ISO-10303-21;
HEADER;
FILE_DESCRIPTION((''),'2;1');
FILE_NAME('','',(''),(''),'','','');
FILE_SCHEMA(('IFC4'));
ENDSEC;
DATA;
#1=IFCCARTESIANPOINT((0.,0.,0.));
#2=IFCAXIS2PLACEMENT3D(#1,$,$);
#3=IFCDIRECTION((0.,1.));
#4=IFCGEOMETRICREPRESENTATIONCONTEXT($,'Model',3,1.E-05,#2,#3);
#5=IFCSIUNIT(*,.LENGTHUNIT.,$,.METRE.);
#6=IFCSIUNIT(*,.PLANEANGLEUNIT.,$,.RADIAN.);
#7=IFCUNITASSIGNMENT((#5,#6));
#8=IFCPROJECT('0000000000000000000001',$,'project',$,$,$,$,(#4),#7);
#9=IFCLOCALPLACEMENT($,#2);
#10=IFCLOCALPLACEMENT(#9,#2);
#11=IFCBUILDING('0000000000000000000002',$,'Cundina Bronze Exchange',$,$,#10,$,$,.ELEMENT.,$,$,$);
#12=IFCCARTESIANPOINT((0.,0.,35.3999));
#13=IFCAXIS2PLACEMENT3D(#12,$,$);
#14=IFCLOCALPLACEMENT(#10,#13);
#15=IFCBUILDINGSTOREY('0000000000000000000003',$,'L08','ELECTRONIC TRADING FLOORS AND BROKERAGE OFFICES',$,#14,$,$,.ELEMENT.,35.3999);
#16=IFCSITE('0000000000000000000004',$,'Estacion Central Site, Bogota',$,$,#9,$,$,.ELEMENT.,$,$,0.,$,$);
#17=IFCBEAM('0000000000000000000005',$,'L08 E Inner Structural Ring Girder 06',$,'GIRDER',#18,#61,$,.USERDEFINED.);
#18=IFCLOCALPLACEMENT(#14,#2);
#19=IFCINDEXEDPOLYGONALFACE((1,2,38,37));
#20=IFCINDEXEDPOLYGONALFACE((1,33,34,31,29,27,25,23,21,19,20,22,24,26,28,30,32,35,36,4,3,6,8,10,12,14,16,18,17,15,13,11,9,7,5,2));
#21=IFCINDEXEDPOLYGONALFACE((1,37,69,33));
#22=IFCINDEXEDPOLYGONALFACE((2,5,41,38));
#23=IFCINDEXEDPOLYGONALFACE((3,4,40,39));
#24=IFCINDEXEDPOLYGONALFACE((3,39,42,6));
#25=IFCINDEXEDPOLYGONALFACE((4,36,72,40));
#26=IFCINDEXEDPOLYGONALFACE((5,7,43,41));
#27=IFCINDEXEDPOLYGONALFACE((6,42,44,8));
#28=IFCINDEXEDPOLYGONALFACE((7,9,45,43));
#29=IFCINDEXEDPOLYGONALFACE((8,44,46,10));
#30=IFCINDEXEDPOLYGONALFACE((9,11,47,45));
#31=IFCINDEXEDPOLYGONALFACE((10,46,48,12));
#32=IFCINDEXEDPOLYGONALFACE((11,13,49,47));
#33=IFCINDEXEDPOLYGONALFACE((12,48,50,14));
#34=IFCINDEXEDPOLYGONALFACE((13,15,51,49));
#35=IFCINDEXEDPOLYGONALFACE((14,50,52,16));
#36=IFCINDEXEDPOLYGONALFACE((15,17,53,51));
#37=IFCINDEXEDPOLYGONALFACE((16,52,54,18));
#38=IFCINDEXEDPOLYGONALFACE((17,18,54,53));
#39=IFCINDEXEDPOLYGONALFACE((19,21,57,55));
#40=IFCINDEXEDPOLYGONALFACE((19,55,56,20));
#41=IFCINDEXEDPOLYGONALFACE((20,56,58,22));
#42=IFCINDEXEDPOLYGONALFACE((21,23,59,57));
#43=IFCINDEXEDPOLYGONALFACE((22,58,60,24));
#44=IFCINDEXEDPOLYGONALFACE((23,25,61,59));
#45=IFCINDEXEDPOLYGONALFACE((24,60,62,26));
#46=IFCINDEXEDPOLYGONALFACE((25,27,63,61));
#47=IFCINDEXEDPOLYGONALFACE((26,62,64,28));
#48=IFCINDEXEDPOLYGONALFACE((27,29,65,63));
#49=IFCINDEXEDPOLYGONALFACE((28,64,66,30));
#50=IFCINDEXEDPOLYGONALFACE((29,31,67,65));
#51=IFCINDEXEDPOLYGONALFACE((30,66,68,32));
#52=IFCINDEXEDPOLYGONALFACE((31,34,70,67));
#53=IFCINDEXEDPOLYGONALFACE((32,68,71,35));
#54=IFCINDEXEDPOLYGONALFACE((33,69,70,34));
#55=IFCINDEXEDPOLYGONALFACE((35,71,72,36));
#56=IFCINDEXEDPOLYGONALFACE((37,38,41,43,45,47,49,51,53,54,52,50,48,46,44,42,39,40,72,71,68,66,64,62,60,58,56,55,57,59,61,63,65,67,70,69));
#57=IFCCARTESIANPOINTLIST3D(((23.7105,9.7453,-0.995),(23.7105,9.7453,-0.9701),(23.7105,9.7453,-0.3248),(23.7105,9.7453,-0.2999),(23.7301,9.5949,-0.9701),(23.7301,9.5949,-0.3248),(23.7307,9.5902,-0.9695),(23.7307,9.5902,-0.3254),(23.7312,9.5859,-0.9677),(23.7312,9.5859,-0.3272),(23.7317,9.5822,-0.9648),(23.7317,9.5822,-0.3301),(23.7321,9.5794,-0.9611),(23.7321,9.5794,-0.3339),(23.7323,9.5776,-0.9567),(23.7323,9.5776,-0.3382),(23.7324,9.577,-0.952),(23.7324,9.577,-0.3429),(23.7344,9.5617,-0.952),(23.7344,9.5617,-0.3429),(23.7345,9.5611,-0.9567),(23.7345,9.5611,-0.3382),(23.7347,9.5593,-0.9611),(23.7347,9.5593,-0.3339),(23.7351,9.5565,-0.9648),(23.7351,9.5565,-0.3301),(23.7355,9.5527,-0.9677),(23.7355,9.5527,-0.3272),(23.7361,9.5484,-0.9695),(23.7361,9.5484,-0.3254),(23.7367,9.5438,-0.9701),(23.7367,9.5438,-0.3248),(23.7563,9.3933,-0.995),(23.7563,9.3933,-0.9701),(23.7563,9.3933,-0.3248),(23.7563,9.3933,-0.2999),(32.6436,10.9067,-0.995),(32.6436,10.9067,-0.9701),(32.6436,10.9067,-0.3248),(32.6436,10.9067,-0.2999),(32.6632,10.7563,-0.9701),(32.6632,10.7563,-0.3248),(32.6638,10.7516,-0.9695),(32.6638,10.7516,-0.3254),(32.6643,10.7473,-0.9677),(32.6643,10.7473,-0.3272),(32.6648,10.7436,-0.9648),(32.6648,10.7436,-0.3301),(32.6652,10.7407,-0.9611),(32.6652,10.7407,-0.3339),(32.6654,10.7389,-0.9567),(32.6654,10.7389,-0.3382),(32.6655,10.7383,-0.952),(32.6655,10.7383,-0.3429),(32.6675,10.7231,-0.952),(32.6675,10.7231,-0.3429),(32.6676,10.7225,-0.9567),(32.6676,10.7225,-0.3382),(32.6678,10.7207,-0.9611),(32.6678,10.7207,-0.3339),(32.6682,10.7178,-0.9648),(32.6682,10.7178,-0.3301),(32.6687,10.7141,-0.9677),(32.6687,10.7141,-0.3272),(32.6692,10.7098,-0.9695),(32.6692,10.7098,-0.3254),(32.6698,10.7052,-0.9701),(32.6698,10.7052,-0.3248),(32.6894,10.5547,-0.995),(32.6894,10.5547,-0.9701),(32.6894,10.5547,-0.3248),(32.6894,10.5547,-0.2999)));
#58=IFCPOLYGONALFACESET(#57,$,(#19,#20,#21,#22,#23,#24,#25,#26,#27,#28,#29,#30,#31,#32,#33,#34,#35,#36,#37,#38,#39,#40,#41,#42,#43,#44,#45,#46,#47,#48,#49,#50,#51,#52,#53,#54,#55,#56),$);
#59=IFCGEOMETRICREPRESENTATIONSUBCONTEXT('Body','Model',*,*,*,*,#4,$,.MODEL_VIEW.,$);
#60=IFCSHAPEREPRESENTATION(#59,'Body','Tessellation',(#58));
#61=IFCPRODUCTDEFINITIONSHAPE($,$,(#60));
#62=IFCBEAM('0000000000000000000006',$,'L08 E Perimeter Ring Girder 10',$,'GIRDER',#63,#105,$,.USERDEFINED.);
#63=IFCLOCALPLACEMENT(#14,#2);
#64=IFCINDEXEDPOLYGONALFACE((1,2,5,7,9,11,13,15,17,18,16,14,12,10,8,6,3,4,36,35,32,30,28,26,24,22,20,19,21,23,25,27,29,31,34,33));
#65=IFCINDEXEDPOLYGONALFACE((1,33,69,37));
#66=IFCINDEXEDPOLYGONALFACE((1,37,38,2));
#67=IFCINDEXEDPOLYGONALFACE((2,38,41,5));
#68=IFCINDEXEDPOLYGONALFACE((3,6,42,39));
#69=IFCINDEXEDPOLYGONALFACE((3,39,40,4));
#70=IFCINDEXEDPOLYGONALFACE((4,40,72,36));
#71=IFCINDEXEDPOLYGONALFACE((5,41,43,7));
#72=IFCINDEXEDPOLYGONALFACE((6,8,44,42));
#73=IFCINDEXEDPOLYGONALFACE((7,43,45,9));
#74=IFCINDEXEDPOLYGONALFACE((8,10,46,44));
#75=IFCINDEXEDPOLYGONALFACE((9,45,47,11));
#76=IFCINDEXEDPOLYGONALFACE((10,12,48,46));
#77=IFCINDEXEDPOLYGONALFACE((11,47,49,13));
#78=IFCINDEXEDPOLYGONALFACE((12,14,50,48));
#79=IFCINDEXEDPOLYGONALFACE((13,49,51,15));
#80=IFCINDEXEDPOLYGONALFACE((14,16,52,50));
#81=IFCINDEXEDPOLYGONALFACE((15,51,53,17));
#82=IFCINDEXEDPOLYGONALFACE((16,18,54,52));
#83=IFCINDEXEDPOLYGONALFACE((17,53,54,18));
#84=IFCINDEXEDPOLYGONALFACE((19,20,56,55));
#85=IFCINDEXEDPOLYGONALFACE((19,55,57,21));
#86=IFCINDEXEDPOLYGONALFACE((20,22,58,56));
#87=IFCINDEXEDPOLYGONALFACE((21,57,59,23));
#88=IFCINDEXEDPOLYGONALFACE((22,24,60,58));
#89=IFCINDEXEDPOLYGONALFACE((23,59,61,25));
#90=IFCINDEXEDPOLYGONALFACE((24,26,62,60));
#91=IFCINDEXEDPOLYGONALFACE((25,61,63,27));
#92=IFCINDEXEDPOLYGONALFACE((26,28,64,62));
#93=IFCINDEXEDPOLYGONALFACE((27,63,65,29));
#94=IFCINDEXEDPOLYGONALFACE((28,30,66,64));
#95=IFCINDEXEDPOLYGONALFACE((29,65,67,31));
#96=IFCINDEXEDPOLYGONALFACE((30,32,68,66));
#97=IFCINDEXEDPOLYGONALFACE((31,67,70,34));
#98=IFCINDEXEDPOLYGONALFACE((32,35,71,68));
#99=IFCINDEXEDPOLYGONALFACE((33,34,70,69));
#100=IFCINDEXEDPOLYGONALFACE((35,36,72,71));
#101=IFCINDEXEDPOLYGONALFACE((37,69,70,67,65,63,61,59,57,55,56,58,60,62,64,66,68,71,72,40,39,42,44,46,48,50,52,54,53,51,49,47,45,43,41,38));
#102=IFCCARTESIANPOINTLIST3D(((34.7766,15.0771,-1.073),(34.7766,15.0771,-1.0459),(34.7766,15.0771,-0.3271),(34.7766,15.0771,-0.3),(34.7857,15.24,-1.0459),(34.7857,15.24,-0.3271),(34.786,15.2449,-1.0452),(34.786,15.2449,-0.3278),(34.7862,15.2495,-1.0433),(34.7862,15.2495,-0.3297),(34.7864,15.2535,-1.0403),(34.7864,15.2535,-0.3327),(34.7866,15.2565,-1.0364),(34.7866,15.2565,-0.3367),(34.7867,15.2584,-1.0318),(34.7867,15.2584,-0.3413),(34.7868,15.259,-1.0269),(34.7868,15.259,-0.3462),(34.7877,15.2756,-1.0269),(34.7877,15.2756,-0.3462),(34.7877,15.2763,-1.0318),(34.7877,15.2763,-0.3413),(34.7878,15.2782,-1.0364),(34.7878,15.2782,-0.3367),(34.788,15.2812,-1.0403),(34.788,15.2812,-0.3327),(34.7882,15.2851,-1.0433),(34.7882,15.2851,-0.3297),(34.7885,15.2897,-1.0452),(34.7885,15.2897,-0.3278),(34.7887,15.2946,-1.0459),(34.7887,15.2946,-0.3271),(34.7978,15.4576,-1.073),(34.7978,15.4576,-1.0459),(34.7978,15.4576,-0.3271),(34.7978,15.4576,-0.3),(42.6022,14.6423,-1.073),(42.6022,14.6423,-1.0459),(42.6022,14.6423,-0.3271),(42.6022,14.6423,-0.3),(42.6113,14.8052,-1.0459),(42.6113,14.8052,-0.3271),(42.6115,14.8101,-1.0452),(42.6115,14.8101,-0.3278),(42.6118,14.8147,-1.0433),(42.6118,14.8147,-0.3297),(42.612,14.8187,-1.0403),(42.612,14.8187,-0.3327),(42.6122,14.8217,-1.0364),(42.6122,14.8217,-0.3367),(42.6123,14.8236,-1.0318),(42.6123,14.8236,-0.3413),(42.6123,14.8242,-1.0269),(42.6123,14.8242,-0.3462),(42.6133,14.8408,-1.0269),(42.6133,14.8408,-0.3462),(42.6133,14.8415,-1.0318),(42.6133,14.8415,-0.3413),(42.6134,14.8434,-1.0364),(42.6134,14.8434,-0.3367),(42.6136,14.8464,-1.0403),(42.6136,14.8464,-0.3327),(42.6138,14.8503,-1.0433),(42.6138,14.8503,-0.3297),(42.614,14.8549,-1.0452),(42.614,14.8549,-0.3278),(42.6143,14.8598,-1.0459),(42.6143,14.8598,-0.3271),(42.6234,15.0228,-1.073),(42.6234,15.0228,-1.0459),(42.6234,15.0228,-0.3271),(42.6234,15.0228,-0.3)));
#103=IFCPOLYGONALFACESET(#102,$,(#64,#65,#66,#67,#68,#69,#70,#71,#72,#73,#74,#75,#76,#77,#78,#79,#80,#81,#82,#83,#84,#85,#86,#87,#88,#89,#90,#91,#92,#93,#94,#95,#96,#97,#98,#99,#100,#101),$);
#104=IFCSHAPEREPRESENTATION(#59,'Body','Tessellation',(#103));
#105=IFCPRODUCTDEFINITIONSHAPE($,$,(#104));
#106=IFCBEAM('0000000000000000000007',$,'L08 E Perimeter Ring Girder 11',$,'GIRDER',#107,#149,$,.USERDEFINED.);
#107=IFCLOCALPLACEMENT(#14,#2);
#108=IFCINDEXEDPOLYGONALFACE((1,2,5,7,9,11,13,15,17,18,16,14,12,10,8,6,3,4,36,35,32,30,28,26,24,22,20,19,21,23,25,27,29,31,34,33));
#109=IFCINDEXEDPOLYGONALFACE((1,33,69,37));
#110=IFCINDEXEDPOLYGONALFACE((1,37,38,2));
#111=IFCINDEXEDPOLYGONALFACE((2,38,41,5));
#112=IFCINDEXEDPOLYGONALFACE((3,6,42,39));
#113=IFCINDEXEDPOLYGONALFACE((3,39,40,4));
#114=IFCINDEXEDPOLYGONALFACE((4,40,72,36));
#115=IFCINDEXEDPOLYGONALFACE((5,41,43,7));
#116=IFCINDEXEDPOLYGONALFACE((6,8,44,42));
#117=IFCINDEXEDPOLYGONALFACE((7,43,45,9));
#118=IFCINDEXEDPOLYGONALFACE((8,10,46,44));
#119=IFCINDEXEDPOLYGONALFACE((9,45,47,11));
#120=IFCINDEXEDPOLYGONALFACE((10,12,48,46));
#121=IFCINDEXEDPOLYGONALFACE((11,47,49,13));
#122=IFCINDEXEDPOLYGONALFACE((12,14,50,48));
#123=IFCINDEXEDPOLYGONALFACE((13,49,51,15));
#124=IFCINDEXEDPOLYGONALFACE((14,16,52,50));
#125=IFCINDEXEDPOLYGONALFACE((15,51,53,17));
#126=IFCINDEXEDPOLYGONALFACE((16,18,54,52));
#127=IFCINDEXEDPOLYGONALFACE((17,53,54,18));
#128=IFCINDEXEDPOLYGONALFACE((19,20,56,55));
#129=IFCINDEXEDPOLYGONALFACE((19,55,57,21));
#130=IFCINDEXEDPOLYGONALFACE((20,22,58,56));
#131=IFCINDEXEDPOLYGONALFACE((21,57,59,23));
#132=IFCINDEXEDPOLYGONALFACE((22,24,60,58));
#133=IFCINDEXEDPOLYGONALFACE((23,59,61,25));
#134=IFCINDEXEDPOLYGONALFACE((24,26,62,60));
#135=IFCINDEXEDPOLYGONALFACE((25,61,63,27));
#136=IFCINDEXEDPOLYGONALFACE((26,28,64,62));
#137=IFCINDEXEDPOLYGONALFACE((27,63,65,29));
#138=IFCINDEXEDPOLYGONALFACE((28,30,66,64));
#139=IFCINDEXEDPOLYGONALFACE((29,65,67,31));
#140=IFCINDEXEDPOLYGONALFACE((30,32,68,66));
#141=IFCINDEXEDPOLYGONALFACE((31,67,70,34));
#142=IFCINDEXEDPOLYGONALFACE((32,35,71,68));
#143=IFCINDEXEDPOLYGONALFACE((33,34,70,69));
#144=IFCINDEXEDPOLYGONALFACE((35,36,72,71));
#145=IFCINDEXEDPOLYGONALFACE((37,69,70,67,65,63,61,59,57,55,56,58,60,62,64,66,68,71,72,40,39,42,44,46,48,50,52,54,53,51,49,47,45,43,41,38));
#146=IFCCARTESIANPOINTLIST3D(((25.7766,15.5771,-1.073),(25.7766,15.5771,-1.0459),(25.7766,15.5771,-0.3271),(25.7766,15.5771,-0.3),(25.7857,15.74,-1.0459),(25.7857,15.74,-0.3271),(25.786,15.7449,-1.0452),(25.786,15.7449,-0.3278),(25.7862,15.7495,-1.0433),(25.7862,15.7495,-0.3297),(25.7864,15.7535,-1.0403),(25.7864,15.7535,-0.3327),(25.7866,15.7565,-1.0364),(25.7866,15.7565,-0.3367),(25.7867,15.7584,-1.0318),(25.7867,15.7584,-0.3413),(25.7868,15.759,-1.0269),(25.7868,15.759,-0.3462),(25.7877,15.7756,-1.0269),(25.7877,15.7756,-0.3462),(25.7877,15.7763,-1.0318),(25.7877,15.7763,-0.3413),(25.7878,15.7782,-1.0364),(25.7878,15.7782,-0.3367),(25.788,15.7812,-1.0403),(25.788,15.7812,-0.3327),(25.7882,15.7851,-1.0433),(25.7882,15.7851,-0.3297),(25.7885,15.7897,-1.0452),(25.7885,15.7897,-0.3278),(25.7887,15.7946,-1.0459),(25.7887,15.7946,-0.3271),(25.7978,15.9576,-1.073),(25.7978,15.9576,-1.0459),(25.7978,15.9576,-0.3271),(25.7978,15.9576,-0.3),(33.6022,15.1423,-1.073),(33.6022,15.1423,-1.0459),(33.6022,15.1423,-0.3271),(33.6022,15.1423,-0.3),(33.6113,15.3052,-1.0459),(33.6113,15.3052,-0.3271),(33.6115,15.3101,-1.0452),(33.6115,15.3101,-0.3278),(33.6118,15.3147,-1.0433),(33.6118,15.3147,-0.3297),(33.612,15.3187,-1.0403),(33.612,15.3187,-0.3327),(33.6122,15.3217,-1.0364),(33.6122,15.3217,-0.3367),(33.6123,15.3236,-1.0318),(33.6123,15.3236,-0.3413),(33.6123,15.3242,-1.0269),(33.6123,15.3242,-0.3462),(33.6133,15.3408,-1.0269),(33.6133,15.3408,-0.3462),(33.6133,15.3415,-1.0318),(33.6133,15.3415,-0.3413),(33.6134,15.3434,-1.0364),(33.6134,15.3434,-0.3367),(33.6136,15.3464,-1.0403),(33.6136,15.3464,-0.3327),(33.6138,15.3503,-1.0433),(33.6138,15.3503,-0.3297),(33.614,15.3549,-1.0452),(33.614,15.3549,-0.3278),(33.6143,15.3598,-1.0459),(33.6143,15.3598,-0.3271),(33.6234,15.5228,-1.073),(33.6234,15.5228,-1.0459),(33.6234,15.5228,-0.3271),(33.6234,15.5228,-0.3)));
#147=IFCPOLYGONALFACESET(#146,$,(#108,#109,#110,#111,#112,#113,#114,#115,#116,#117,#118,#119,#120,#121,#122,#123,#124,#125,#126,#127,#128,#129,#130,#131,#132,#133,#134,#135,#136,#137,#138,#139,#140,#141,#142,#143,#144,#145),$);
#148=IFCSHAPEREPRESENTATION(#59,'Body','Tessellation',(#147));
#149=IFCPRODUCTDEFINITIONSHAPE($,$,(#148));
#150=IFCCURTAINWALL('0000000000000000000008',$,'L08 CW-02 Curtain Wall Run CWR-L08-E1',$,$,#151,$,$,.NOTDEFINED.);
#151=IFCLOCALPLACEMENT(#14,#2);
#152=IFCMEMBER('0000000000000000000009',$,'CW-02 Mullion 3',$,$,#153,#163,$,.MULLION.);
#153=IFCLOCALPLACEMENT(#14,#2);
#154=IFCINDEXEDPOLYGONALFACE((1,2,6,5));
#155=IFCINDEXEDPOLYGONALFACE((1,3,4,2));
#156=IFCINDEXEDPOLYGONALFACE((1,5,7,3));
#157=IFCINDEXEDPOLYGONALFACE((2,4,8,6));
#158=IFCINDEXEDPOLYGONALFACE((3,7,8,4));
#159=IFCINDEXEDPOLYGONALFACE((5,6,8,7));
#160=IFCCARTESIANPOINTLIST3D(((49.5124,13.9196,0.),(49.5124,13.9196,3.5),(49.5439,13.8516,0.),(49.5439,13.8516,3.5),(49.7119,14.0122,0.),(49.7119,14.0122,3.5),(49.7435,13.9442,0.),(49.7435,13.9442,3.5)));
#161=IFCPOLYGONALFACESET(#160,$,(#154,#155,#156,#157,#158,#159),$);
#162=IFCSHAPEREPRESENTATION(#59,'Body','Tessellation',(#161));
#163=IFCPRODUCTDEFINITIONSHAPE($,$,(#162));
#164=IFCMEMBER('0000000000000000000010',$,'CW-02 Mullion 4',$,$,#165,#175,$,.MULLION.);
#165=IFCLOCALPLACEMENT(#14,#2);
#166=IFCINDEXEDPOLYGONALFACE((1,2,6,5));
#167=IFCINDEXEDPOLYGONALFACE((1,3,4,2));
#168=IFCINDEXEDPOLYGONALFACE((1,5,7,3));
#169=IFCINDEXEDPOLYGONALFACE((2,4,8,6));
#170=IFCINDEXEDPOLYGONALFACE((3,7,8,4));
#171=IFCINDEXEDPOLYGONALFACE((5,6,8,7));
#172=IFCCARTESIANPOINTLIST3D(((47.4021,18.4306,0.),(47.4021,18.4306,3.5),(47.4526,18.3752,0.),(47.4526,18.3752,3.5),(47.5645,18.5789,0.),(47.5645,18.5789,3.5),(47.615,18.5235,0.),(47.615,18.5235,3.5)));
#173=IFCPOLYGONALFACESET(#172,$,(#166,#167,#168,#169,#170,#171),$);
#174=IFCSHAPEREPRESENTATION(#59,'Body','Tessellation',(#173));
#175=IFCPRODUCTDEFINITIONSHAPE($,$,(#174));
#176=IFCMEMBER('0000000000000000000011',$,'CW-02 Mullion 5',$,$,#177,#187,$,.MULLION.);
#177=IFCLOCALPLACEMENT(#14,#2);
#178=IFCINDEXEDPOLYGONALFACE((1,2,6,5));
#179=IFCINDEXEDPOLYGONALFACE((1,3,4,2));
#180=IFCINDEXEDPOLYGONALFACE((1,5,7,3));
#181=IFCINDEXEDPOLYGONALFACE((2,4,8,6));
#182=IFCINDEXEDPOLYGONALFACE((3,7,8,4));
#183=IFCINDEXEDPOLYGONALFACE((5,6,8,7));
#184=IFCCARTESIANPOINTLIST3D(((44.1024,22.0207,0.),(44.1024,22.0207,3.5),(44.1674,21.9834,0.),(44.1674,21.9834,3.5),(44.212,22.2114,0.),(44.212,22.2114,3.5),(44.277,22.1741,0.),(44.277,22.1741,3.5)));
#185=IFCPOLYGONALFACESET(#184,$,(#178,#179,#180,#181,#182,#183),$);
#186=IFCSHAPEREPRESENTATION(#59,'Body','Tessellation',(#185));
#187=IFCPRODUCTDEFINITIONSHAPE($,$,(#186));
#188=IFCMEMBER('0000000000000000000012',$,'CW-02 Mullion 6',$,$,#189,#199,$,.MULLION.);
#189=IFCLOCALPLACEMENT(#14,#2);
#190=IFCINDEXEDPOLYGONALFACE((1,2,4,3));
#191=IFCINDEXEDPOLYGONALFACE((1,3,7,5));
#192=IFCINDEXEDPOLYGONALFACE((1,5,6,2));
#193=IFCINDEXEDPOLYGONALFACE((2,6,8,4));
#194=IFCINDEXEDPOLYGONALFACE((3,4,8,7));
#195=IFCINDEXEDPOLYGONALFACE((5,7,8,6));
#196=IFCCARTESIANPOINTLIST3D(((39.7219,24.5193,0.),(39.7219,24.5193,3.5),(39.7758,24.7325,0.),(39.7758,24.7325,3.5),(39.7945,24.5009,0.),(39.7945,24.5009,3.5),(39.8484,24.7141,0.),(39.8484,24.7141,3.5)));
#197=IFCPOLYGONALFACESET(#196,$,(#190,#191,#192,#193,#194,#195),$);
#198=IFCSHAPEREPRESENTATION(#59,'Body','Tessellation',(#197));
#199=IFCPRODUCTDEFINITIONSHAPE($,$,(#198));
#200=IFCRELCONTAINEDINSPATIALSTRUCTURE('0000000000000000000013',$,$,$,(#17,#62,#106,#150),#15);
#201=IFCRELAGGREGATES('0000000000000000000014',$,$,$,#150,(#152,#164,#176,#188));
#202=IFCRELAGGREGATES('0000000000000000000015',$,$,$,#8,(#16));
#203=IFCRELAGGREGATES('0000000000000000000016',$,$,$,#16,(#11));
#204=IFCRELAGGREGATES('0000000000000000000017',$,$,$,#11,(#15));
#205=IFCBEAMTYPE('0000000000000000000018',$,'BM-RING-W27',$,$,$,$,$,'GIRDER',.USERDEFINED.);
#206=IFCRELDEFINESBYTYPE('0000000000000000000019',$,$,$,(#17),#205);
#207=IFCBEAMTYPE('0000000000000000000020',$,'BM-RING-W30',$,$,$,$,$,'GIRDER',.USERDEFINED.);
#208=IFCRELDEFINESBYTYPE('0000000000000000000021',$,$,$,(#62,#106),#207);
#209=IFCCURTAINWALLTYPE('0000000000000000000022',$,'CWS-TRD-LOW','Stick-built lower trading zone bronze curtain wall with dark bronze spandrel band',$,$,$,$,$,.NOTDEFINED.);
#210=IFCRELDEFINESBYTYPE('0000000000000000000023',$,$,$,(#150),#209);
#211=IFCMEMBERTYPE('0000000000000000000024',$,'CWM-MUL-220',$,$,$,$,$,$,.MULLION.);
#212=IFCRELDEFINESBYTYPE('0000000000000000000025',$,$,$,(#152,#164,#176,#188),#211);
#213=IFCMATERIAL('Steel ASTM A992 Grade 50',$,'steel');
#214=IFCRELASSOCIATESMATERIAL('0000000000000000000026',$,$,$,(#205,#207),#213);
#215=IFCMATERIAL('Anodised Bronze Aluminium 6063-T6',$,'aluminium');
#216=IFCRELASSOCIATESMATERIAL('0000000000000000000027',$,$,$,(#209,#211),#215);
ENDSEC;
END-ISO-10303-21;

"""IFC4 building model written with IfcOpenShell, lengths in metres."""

from ifc_helpers import new_model, si_unit, direction, frame, origin, origin_2d, place, context, subcontext, project, spatial, rectangle, i_section, extrude, material, material_profile, profile_set, type_object, element, aggregate, save


model = new_model("IFC4")

# Units and contexts
model_context = context("Model", 3, precision=1e-05, world=origin(), true_north=direction((0.0, 1.0)))
body_context = subcontext(model_context, "Body", "Model", "MODEL_VIEW")
ifc_project = project(units=[si_unit("LENGTHUNIT", "METRE"), si_unit("PLANEANGLEUNIT", "RADIAN")], contexts=[model_context])

# Site, building, storey
site_placement = place(None, origin())
site = spatial("IfcSite", under=ifc_project, at=site_placement, Name="Estacion Central Site, Bogota", CompositionType="ELEMENT", RefElevation=0.0)
building_placement = place(site_placement, origin())
building = spatial("IfcBuilding", under=site, at=building_placement, Name="Cundina Bronze Exchange", CompositionType="ELEMENT")
storey_placement = place(building_placement, frame((0.0, 0.0, 35.3999)))
storey = spatial("IfcBuildingStorey", under=building, at=storey_placement, Name="L08", Description="ELECTRONIC TRADING FLOORS AND BROKERAGE OFFICES", CompositionType="ELEMENT", Elevation=35.3999)

# Beams
ifc_material_1 = material(Name="Steel ASTM A992 Grade 50", Category="steel")
ifc_material_profile_1 = material_profile(ifc_material_1, i_section(OverallWidth=0.355, OverallDepth=0.6951, WebThickness=0.0154, FlangeThickness=0.0249, FilletRadius=0.0181, at=origin_2d()), Name="W27X146", Category="steel")
ifc_profile_set_1 = profile_set([ifc_material_profile_1], Name="Steel ASTM A992 Grade 50")
beam_type_1 = type_object("IfcBeamType", Name="BM-RING-W27", ElementType="GIRDER", PredefinedType="USERDEFINED", material=ifc_profile_set_1)
beam_1_placement = place(storey_placement, frame((32.6665, 10.7307, -0.6475), z_axis=(-0.991655, -0.128923, 0.0), x_axis=(0.128923, -0.991655, 0.0)))
element("IfcBeam", 1, at=beam_1_placement, inside=storey, type_object=beam_type_1, Name="L08 E Inner Structural Ring Girder 06", ObjectType="GIRDER", PredefinedType="USERDEFINED", context=body_context, shape_type="SweptSolid", body=[
    extrude(i_section(OverallWidth=0.355, OverallDepth=0.6951, WebThickness=0.0154, FlangeThickness=0.0249, FilletRadius=0.0181, at=origin_2d()), origin(), (0.0, 0.0, 1.0), 9.0083),
])
ifc_material_profile_2 = material_profile(ifc_material_1, i_section(OverallWidth=0.3811, OverallDepth=0.7729, WebThickness=0.0166, FlangeThickness=0.0271, FilletRadius=0.019, at=origin_2d()), Name="W30X173", Category="steel")
ifc_profile_set_2 = profile_set([ifc_material_profile_2], Name="Steel ASTM A992 Grade 50")
beam_type_2 = type_object("IfcBeamType", Name="BM-RING-W30", ElementType="GIRDER", PredefinedType="USERDEFINED", material=ifc_profile_set_2)
for number, where, z_axis, x_axis, name in (
    (2, (42.6128, 14.8325, -0.6865), (-0.99846, 0.055477, 0.0), (-0.055477, -0.99846, 0.0), "L08 E Perimeter Ring Girder 10"),
    (3, (33.6128, 15.3325, -0.6865), (-0.99846, 0.055477, 0.0), (-0.055477, -0.99846, 0.0), "L08 E Perimeter Ring Girder 11"),
):
    element("IfcBeam", number, at=place(storey_placement, frame(where, z_axis=z_axis, x_axis=x_axis)), inside=storey, type_object=beam_type_2, Name=name, ObjectType="GIRDER", PredefinedType="USERDEFINED", context=body_context, shape_type="SweptSolid", body=[
        extrude(i_section(OverallWidth=0.3811, OverallDepth=0.7729, WebThickness=0.0166, FlangeThickness=0.0271, FilletRadius=0.019, at=origin_2d()), origin(), (0.0, 0.0, 1.0), 7.8376),
    ])

# Curtain wall, members
ifc_material_2 = material(Name="Anodised Bronze Aluminium 6063-T6", Category="aluminium")
curtain_wall_type = type_object("IfcCurtainWallType", Name="CWS-TRD-LOW", Description="Stick-built lower trading zone bronze curtain wall with dark bronze spandrel band", PredefinedType="NOTDEFINED", material=ifc_material_2)
curtain_wall_placement = place(storey_placement, origin())
curtain_wall = element("IfcCurtainWall", 4, at=curtain_wall_placement, inside=storey, type_object=curtain_wall_type, Name="L08 CW-02 Curtain Wall Run CWR-L08-E1", PredefinedType="NOTDEFINED")
ifc_material_profile_3 = material_profile(ifc_material_2, rectangle(XDim=0.075, YDim=0.22, at=origin_2d()), Name="AL75X220", Category="aluminium")
ifc_profile_set_3 = profile_set([ifc_material_profile_3], Name="Anodised Bronze Aluminium 6063-T6")
member_type_1 = type_object("IfcMemberType", Name="CWM-MUL-220", PredefinedType="MULLION", material=ifc_profile_set_3)
member_1_placement = place(storey_placement, frame((49.6279, 13.9319, 0.0), z_axis=(0.0, 0.0, 1.0), x_axis=(-0.420877, 0.907117, 0.0)))
member_1 = element("IfcMember", 5, at=member_1_placement, type_object=member_type_1, Name="CW-02 Mullion 3", PredefinedType="MULLION", context=body_context, shape_type="SweptSolid", body=[
    extrude(rectangle(XDim=0.075, YDim=0.22, at=origin_2d()), origin(), (0.0, 0.0, 1.0), 3.5),
])
member_2_placement = place(storey_placement, frame((47.5085, 18.4771, 0.0), z_axis=(0.0, 0.0, 1.0), x_axis=(-0.674302, 0.738455, 0.0)))
member_2 = element("IfcMember", 6, at=member_2_placement, type_object=member_type_1, Name="CW-02 Mullion 4", PredefinedType="MULLION", context=body_context, shape_type="SweptSolid", body=[
    extrude(rectangle(XDim=0.075, YDim=0.22, at=origin_2d()), origin(), (0.0, 0.0, 1.0), 3.5),
])
member_3_placement = place(storey_placement, frame((44.1897, 22.0974, 0.0), z_axis=(0.0, 0.0, 1.0), x_axis=(-0.867071, 0.498185, 0.0)))
member_3 = element("IfcMember", 7, at=member_3_placement, type_object=member_type_1, Name="CW-02 Mullion 5", PredefinedType="MULLION", context=body_context, shape_type="SweptSolid", body=[
    extrude(rectangle(XDim=0.075, YDim=0.22, at=origin_2d()), origin(), (0.0, 0.0, 1.0), 3.5),
])
member_4_placement = place(storey_placement, frame((39.7852, 24.6167, 0.0), z_axis=(0.0, 0.0, 1.0), x_axis=(-0.969488, 0.245138, 0.0)))
member_4 = element("IfcMember", 8, at=member_4_placement, type_object=member_type_1, Name="CW-02 Mullion 6", PredefinedType="MULLION", context=body_context, shape_type="SweptSolid", body=[
    extrude(rectangle(XDim=0.075, YDim=0.22, at=origin_2d()), origin(), (0.0, 0.0, 1.0), 3.5),
])
aggregate(curtain_wall, [member_1, member_2, member_3, member_4])

save(model, "model.ifc")
